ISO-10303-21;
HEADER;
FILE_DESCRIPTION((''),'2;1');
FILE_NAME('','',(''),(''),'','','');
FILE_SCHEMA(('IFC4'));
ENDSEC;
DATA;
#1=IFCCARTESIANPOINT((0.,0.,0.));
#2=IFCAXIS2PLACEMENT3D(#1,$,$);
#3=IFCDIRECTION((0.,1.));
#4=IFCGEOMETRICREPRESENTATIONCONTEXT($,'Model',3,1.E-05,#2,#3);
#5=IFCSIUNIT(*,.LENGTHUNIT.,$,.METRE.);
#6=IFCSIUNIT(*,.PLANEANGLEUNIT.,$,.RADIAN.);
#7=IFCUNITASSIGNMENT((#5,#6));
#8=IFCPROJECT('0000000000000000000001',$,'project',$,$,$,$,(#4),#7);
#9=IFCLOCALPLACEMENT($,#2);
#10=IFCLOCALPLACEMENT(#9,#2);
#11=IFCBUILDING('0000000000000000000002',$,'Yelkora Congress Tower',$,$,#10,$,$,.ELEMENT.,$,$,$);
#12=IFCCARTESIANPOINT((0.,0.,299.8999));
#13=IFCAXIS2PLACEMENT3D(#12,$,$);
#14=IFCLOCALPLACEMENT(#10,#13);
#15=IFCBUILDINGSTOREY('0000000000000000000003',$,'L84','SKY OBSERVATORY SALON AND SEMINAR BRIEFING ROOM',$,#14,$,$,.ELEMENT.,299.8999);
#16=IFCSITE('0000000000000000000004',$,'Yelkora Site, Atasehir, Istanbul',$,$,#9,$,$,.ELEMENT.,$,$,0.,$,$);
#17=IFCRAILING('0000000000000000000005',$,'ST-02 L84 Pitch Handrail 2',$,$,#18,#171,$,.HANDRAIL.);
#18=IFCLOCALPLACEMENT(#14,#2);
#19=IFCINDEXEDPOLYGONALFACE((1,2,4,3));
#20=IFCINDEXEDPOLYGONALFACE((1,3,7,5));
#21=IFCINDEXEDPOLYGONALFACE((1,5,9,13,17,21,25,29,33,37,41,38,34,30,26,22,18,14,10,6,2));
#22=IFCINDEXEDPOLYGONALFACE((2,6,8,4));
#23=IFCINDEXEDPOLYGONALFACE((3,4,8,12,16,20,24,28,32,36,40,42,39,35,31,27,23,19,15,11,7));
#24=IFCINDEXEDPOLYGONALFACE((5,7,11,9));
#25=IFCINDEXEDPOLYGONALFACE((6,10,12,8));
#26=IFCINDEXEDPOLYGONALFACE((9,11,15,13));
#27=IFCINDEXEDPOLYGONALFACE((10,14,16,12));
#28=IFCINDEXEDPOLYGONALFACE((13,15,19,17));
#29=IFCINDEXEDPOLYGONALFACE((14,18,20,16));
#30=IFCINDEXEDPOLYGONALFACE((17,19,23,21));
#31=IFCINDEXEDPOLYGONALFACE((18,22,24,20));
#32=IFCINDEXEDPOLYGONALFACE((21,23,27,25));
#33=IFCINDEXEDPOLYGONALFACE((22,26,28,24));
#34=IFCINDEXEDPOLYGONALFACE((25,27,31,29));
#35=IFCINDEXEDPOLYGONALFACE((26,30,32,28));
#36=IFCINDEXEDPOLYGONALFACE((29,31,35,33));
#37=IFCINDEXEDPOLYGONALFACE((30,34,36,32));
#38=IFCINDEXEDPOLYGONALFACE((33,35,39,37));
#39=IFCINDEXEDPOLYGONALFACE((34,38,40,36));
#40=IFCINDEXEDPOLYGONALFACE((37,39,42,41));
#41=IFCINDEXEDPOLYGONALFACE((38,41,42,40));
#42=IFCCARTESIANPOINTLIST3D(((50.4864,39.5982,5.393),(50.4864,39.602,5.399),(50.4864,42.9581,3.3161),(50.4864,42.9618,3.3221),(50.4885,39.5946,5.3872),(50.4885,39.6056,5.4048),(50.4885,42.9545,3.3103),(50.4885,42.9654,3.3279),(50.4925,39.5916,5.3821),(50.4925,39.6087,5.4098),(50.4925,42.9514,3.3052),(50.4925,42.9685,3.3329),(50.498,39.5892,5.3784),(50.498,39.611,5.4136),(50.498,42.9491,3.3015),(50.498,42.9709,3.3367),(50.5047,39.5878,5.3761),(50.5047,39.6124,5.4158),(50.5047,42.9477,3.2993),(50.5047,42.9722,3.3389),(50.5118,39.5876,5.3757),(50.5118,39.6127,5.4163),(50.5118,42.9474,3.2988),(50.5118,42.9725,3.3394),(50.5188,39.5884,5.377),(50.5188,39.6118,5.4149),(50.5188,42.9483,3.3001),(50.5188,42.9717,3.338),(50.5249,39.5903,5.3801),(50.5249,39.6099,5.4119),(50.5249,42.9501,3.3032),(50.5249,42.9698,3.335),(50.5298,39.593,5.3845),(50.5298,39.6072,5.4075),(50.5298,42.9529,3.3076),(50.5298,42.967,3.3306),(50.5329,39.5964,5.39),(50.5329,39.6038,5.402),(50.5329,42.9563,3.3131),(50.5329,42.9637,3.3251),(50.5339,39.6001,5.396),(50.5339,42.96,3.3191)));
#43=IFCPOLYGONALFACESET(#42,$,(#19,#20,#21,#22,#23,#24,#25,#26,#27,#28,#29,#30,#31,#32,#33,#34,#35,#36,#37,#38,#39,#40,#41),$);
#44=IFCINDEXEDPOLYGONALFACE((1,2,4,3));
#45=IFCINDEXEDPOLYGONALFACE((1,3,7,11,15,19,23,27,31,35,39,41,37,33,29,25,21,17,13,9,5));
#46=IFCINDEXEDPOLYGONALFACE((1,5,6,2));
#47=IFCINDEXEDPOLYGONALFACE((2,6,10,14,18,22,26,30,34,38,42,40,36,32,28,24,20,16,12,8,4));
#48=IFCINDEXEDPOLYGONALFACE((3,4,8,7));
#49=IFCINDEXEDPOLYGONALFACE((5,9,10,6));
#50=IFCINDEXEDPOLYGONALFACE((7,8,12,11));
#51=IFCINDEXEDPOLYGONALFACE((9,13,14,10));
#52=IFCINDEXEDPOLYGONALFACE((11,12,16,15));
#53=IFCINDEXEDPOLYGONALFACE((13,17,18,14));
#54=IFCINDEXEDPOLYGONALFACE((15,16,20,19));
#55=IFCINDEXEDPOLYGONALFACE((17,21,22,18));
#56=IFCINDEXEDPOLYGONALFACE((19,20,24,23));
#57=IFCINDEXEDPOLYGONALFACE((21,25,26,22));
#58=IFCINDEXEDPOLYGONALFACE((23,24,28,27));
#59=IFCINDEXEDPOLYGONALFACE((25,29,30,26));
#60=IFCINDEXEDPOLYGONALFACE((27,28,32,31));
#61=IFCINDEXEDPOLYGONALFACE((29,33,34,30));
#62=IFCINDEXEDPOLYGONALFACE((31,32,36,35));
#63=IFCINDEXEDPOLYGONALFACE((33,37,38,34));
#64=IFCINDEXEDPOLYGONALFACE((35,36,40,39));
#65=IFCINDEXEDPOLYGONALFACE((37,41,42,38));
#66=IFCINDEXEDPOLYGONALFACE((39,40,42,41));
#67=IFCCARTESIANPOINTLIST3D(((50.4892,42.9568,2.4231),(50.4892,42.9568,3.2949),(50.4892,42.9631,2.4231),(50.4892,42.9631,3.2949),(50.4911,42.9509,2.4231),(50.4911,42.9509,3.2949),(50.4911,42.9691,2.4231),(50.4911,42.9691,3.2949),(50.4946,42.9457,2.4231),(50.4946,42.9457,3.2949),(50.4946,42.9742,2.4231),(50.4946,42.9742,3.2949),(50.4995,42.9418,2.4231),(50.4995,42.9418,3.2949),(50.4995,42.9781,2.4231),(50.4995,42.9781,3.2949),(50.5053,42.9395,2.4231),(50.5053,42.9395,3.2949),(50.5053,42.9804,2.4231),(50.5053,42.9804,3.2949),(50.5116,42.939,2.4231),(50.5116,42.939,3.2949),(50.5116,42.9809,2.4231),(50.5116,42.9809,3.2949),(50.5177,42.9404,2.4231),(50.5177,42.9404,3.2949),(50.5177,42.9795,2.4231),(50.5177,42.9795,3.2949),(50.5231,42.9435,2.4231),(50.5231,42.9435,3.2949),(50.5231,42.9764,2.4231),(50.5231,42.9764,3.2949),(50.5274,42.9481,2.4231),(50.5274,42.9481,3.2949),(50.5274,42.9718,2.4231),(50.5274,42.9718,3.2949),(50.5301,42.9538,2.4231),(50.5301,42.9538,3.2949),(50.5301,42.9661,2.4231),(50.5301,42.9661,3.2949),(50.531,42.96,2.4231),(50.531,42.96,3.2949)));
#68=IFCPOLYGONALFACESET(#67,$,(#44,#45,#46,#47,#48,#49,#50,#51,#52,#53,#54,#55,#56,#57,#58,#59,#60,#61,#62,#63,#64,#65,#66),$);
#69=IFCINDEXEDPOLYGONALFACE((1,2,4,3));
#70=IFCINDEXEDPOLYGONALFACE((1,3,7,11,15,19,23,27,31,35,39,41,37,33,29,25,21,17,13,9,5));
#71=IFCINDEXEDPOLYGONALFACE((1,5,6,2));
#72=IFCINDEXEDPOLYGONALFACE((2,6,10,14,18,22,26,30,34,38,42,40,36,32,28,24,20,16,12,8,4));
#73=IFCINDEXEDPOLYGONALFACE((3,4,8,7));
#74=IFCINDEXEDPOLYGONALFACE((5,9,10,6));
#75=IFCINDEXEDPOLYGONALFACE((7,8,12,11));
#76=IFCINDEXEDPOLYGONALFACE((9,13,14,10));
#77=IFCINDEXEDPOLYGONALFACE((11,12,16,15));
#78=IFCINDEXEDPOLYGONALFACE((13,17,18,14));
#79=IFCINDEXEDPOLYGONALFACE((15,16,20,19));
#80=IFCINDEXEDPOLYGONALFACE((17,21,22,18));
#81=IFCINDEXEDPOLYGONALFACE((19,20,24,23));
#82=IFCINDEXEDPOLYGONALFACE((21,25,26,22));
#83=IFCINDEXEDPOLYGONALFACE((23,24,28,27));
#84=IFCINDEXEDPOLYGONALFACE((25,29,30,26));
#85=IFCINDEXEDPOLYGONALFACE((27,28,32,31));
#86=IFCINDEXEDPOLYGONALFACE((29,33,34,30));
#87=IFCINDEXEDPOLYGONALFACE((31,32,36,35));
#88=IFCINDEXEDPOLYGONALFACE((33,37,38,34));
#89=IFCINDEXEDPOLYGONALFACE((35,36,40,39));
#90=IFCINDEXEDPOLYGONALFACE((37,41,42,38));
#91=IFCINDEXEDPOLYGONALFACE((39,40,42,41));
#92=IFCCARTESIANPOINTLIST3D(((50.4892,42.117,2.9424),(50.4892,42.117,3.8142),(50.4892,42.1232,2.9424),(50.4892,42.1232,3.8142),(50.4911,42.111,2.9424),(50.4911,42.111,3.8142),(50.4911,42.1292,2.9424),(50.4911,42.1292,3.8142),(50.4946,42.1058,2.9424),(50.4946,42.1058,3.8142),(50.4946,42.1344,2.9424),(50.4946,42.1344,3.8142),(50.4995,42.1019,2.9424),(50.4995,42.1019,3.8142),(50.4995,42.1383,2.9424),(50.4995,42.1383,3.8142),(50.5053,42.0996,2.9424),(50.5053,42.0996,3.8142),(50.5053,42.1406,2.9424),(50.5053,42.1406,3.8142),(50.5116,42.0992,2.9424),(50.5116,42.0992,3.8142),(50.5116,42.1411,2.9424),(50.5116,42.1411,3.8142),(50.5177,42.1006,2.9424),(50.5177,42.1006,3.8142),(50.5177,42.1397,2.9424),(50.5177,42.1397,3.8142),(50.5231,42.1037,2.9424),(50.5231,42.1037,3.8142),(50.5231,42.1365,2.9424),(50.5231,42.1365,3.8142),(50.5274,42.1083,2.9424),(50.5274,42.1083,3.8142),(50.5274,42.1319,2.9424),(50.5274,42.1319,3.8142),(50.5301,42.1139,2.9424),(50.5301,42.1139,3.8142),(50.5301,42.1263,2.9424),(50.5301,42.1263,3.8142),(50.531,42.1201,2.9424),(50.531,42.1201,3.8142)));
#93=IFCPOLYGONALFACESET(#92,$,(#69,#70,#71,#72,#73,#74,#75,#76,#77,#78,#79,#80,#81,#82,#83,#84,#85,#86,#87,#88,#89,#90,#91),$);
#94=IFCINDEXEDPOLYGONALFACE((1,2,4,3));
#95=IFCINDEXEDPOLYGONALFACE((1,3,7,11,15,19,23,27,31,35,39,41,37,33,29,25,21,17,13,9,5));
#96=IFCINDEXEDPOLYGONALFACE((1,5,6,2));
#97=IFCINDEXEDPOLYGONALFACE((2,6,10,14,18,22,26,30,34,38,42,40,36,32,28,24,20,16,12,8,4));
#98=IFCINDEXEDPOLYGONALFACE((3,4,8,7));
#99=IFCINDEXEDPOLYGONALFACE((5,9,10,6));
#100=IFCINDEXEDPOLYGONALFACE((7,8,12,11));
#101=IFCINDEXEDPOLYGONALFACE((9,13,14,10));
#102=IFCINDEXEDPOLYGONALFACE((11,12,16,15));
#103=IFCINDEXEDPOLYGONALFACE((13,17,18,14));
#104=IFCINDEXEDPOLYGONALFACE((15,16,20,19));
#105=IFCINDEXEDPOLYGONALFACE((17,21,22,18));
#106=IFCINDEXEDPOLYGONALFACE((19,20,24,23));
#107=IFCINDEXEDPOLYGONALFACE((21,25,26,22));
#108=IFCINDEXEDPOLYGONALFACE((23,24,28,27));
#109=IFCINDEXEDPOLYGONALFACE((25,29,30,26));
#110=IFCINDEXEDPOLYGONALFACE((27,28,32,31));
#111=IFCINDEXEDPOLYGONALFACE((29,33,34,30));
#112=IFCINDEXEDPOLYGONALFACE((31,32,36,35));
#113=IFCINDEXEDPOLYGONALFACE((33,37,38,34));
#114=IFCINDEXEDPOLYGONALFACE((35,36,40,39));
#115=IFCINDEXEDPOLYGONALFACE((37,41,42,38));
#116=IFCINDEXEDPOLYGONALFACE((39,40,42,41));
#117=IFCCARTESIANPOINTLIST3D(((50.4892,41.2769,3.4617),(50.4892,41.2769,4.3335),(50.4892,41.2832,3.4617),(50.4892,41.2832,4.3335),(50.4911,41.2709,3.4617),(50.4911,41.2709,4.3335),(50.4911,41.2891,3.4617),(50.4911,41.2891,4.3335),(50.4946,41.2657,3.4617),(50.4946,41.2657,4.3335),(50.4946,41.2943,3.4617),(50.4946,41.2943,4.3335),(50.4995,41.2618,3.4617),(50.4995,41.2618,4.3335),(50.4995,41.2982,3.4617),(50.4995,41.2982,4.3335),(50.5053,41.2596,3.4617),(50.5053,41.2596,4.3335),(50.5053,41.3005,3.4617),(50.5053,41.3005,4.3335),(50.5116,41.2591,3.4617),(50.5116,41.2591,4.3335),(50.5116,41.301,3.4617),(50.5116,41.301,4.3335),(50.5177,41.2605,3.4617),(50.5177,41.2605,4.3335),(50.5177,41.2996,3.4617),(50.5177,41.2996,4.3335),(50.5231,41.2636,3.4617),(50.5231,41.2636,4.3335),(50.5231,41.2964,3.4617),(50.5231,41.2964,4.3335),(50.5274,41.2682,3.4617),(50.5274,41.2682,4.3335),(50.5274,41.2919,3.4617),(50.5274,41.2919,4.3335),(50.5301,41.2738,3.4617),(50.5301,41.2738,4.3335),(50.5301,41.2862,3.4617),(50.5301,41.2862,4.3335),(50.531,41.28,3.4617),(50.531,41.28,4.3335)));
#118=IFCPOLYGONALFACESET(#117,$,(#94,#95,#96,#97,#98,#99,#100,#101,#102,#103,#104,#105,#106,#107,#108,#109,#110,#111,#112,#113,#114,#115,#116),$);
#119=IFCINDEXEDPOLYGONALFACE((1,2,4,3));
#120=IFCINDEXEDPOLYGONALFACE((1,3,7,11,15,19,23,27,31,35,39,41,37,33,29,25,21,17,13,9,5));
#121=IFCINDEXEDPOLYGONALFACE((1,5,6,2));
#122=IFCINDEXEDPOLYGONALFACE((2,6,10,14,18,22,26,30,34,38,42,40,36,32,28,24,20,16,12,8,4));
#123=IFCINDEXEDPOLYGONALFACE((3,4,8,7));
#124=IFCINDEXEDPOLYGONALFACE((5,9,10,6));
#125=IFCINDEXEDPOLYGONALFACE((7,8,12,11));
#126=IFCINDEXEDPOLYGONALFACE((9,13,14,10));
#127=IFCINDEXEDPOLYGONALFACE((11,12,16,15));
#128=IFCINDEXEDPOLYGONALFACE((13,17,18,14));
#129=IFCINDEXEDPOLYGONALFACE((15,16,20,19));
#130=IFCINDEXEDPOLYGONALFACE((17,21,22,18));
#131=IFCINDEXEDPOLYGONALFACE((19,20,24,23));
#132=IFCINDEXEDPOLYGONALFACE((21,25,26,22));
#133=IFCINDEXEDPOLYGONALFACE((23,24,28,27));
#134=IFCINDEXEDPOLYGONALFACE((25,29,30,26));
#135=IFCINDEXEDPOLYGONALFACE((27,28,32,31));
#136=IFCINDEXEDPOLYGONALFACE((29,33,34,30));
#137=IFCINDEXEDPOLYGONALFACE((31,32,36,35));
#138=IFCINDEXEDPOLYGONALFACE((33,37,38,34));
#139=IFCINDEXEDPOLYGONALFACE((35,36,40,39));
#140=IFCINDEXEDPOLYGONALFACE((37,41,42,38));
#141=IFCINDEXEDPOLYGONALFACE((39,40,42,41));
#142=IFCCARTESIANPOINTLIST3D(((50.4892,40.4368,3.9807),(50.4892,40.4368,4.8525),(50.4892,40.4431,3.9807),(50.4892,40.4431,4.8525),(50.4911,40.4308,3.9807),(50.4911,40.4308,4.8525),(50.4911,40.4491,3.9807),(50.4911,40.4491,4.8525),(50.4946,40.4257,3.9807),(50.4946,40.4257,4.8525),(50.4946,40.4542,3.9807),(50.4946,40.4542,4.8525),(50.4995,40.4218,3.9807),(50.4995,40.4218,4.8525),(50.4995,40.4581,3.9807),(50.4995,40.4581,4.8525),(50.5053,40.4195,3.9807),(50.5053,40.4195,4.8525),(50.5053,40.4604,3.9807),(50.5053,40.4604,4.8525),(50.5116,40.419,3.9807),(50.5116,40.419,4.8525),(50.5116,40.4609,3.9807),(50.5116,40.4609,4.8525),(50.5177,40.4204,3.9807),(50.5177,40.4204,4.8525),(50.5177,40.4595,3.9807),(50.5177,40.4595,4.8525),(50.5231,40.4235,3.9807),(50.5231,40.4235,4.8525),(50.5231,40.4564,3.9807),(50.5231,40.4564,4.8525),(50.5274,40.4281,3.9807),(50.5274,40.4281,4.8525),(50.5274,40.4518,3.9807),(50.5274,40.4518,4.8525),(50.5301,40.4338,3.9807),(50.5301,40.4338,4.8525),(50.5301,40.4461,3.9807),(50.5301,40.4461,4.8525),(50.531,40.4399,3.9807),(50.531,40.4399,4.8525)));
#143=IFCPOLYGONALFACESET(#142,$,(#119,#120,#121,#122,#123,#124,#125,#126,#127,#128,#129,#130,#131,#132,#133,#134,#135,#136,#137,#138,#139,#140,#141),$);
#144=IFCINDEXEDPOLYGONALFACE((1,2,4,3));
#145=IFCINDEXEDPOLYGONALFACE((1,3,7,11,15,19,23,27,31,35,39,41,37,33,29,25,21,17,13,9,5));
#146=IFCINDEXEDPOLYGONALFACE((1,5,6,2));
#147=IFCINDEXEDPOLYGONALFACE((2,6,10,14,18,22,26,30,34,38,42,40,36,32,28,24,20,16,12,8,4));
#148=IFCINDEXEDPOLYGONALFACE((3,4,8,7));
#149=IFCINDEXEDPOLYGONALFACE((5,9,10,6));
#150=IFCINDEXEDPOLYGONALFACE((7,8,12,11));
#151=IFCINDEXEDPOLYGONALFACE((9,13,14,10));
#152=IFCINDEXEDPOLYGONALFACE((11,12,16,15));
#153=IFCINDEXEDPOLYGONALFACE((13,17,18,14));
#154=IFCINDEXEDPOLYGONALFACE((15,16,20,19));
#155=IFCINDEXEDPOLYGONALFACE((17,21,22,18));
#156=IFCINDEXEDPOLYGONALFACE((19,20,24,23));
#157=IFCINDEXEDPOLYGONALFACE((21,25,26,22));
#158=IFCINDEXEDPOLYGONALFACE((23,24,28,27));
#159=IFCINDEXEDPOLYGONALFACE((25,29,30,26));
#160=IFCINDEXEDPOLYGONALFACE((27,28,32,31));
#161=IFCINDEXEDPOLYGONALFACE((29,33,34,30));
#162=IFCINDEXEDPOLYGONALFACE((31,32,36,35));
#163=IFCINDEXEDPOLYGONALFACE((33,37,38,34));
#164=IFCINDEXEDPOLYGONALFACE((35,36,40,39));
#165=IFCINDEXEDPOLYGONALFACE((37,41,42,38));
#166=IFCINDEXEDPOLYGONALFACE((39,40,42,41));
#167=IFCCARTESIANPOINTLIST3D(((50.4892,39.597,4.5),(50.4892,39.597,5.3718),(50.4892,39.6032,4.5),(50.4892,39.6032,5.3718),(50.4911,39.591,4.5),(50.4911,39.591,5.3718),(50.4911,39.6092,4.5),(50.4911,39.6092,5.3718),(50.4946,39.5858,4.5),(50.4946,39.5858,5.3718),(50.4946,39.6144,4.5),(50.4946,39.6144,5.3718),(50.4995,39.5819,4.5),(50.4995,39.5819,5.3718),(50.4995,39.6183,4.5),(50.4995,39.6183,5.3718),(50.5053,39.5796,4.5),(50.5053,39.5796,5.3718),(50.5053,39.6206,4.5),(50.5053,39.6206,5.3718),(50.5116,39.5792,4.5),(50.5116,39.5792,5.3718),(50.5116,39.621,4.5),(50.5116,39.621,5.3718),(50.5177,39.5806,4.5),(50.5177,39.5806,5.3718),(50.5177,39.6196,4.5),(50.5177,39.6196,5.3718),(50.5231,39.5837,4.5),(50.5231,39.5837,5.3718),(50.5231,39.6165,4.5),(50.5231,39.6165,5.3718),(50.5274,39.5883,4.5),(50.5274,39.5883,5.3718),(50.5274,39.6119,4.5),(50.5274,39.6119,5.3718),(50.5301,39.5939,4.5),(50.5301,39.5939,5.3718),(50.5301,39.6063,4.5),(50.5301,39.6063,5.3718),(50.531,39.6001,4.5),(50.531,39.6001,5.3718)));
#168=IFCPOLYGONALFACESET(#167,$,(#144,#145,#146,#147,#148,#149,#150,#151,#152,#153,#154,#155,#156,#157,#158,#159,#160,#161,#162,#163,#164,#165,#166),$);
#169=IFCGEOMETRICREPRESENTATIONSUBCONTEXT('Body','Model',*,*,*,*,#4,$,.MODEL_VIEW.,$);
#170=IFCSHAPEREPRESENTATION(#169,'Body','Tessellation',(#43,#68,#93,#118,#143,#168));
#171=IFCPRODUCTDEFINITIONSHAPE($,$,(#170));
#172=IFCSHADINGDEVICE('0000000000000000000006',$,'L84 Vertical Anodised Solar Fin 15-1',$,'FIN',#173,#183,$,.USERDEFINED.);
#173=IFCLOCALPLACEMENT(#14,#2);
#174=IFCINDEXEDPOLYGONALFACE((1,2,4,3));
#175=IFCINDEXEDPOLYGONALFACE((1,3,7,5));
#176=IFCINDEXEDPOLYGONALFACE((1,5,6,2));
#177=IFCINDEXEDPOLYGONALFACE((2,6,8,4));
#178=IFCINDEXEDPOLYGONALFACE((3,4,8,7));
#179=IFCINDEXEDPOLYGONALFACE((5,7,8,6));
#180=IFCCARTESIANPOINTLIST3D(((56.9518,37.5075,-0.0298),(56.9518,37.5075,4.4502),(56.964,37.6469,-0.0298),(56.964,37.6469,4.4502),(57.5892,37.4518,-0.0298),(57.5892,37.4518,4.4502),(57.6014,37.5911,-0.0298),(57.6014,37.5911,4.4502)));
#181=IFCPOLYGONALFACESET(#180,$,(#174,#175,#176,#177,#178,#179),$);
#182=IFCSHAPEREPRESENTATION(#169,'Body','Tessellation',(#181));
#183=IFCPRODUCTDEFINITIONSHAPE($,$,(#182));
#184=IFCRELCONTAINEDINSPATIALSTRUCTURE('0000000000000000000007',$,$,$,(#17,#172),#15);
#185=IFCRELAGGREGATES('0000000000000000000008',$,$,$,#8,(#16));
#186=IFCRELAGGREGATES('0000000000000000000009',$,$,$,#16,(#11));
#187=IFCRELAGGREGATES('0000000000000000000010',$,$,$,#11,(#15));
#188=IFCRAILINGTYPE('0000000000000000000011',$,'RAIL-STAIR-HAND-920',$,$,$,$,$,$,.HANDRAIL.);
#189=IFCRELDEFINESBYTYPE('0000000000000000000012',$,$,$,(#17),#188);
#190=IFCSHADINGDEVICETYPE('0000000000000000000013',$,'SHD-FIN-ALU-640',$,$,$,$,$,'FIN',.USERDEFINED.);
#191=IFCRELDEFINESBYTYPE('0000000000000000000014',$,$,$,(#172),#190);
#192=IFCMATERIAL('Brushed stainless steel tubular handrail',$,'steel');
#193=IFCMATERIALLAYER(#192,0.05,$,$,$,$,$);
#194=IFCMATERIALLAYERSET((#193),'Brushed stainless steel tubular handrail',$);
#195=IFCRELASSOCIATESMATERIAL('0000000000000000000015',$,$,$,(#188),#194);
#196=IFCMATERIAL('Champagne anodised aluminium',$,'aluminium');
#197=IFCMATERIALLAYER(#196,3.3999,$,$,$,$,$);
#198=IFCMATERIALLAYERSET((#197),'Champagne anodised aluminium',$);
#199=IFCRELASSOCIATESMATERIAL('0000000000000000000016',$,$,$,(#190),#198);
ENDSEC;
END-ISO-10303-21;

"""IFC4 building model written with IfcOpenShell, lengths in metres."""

from ifc_helpers import new_model, si_unit, direction, frame, origin, origin_2d, place, context, subcontext, project, spatial, rectangle, circle, extrude, material, layer, layer_set, type_object, element, save


model = new_model("IFC4")

# Units and contexts
model_context = context("Model", 3, precision=1e-05, world=origin(), true_north=direction((0.0, 1.0)))
body_context = subcontext(model_context, "Body", "Model", "MODEL_VIEW")
ifc_project = project(units=[si_unit("LENGTHUNIT", "METRE"), si_unit("PLANEANGLEUNIT", "RADIAN")], contexts=[model_context])

# Site, building, storey
site_placement = place(None, origin())
site = spatial("IfcSite", under=ifc_project, at=site_placement, Name="Yelkora Site, Atasehir, Istanbul", CompositionType="ELEMENT", RefElevation=0.0)
building_placement = place(site_placement, origin())
building = spatial("IfcBuilding", under=site, at=building_placement, Name="Yelkora Congress Tower", CompositionType="ELEMENT")
storey_placement = place(building_placement, frame((0.0, 0.0, 299.8999)))
storey = spatial("IfcBuildingStorey", under=building, at=storey_placement, Name="L84", Description="SKY OBSERVATORY SALON AND SEMINAR BRIEFING ROOM", CompositionType="ELEMENT", Elevation=299.8999)

# Railing
ifc_material_1 = material(Name="Brushed stainless steel tubular handrail", Category="steel")
ifc_layer_1 = layer(ifc_material_1, 0.05)
ifc_layer_set_1 = layer_set([ifc_layer_1], Name="Brushed stainless steel tubular handrail")
railing_type_1 = type_object("IfcRailingType", Name="RAIL-STAIR-HAND-920", PredefinedType="HANDRAIL", material=ifc_layer_set_1)
railing_1_placement = place(storey_placement, frame((50.51, 42.96, 2.4231)))
element("IfcRailing", 1, at=railing_1_placement, inside=storey, type_object=railing_type_1, Name="ST-02 L84 Pitch Handrail 2", PredefinedType="HANDRAIL", context=body_context, shape_type="SweptSolid", body=[
    extrude(circle(Radius=0.0239, at=origin_2d()), frame((0.0, 0.0, 0.896), z_axis=(0.0, -0.850606, 0.525803), x_axis=(1.0, 0.0, 0.0)), (0.0, 0.0, 1.0), 3.95),
    extrude(circle(Radius=0.021, at=origin_2d()), origin(), (0.0, 0.0, 1.0), 0.8718),
    extrude(circle(Radius=0.021, at=origin_2d()), frame((0.0, -0.8398, 0.5193)), (0.0, 0.0, 1.0), 0.8718),
    extrude(circle(Radius=0.021, at=origin_2d()), frame((0.0, -1.6799, 1.0386)), (0.0, 0.0, 1.0), 0.8718),
    extrude(circle(Radius=0.021, at=origin_2d()), frame((0.0, -2.52, 1.5576)), (0.0, 0.0, 1.0), 0.8718),
    extrude(circle(Radius=0.021, at=origin_2d()), frame((0.0, -3.3599, 2.0769)), (0.0, 0.0, 1.0), 0.8718),
])

# Shading device
ifc_material_2 = material(Name="Champagne anodised aluminium", Category="aluminium")
ifc_layer_2 = layer(ifc_material_2, 3.3999)
ifc_layer_set_2 = layer_set([ifc_layer_2], Name="Champagne anodised aluminium")
shading_device_type = type_object("IfcShadingDeviceType", Name="SHD-FIN-ALU-640", ElementType="FIN", PredefinedType="USERDEFINED", material=ifc_layer_set_2)
shading_device_placement = place(storey_placement, frame((57.2766, 37.5493, -0.0298), z_axis=(0.0, 0.0, 1.0), x_axis=(-0.087156, -0.996195, 0.0)))
element("IfcShadingDevice", 2, at=shading_device_placement, inside=storey, type_object=shading_device_type, Name="L84 Vertical Anodised Solar Fin 15-1", ObjectType="FIN", PredefinedType="USERDEFINED", context=body_context, shape_type="SweptSolid", body=[
    extrude(rectangle(XDim=0.1399, YDim=0.6399, at=origin_2d()), origin(), (0.0, 0.0, 1.0), 4.48),
])

save(model, "model.ifc")
